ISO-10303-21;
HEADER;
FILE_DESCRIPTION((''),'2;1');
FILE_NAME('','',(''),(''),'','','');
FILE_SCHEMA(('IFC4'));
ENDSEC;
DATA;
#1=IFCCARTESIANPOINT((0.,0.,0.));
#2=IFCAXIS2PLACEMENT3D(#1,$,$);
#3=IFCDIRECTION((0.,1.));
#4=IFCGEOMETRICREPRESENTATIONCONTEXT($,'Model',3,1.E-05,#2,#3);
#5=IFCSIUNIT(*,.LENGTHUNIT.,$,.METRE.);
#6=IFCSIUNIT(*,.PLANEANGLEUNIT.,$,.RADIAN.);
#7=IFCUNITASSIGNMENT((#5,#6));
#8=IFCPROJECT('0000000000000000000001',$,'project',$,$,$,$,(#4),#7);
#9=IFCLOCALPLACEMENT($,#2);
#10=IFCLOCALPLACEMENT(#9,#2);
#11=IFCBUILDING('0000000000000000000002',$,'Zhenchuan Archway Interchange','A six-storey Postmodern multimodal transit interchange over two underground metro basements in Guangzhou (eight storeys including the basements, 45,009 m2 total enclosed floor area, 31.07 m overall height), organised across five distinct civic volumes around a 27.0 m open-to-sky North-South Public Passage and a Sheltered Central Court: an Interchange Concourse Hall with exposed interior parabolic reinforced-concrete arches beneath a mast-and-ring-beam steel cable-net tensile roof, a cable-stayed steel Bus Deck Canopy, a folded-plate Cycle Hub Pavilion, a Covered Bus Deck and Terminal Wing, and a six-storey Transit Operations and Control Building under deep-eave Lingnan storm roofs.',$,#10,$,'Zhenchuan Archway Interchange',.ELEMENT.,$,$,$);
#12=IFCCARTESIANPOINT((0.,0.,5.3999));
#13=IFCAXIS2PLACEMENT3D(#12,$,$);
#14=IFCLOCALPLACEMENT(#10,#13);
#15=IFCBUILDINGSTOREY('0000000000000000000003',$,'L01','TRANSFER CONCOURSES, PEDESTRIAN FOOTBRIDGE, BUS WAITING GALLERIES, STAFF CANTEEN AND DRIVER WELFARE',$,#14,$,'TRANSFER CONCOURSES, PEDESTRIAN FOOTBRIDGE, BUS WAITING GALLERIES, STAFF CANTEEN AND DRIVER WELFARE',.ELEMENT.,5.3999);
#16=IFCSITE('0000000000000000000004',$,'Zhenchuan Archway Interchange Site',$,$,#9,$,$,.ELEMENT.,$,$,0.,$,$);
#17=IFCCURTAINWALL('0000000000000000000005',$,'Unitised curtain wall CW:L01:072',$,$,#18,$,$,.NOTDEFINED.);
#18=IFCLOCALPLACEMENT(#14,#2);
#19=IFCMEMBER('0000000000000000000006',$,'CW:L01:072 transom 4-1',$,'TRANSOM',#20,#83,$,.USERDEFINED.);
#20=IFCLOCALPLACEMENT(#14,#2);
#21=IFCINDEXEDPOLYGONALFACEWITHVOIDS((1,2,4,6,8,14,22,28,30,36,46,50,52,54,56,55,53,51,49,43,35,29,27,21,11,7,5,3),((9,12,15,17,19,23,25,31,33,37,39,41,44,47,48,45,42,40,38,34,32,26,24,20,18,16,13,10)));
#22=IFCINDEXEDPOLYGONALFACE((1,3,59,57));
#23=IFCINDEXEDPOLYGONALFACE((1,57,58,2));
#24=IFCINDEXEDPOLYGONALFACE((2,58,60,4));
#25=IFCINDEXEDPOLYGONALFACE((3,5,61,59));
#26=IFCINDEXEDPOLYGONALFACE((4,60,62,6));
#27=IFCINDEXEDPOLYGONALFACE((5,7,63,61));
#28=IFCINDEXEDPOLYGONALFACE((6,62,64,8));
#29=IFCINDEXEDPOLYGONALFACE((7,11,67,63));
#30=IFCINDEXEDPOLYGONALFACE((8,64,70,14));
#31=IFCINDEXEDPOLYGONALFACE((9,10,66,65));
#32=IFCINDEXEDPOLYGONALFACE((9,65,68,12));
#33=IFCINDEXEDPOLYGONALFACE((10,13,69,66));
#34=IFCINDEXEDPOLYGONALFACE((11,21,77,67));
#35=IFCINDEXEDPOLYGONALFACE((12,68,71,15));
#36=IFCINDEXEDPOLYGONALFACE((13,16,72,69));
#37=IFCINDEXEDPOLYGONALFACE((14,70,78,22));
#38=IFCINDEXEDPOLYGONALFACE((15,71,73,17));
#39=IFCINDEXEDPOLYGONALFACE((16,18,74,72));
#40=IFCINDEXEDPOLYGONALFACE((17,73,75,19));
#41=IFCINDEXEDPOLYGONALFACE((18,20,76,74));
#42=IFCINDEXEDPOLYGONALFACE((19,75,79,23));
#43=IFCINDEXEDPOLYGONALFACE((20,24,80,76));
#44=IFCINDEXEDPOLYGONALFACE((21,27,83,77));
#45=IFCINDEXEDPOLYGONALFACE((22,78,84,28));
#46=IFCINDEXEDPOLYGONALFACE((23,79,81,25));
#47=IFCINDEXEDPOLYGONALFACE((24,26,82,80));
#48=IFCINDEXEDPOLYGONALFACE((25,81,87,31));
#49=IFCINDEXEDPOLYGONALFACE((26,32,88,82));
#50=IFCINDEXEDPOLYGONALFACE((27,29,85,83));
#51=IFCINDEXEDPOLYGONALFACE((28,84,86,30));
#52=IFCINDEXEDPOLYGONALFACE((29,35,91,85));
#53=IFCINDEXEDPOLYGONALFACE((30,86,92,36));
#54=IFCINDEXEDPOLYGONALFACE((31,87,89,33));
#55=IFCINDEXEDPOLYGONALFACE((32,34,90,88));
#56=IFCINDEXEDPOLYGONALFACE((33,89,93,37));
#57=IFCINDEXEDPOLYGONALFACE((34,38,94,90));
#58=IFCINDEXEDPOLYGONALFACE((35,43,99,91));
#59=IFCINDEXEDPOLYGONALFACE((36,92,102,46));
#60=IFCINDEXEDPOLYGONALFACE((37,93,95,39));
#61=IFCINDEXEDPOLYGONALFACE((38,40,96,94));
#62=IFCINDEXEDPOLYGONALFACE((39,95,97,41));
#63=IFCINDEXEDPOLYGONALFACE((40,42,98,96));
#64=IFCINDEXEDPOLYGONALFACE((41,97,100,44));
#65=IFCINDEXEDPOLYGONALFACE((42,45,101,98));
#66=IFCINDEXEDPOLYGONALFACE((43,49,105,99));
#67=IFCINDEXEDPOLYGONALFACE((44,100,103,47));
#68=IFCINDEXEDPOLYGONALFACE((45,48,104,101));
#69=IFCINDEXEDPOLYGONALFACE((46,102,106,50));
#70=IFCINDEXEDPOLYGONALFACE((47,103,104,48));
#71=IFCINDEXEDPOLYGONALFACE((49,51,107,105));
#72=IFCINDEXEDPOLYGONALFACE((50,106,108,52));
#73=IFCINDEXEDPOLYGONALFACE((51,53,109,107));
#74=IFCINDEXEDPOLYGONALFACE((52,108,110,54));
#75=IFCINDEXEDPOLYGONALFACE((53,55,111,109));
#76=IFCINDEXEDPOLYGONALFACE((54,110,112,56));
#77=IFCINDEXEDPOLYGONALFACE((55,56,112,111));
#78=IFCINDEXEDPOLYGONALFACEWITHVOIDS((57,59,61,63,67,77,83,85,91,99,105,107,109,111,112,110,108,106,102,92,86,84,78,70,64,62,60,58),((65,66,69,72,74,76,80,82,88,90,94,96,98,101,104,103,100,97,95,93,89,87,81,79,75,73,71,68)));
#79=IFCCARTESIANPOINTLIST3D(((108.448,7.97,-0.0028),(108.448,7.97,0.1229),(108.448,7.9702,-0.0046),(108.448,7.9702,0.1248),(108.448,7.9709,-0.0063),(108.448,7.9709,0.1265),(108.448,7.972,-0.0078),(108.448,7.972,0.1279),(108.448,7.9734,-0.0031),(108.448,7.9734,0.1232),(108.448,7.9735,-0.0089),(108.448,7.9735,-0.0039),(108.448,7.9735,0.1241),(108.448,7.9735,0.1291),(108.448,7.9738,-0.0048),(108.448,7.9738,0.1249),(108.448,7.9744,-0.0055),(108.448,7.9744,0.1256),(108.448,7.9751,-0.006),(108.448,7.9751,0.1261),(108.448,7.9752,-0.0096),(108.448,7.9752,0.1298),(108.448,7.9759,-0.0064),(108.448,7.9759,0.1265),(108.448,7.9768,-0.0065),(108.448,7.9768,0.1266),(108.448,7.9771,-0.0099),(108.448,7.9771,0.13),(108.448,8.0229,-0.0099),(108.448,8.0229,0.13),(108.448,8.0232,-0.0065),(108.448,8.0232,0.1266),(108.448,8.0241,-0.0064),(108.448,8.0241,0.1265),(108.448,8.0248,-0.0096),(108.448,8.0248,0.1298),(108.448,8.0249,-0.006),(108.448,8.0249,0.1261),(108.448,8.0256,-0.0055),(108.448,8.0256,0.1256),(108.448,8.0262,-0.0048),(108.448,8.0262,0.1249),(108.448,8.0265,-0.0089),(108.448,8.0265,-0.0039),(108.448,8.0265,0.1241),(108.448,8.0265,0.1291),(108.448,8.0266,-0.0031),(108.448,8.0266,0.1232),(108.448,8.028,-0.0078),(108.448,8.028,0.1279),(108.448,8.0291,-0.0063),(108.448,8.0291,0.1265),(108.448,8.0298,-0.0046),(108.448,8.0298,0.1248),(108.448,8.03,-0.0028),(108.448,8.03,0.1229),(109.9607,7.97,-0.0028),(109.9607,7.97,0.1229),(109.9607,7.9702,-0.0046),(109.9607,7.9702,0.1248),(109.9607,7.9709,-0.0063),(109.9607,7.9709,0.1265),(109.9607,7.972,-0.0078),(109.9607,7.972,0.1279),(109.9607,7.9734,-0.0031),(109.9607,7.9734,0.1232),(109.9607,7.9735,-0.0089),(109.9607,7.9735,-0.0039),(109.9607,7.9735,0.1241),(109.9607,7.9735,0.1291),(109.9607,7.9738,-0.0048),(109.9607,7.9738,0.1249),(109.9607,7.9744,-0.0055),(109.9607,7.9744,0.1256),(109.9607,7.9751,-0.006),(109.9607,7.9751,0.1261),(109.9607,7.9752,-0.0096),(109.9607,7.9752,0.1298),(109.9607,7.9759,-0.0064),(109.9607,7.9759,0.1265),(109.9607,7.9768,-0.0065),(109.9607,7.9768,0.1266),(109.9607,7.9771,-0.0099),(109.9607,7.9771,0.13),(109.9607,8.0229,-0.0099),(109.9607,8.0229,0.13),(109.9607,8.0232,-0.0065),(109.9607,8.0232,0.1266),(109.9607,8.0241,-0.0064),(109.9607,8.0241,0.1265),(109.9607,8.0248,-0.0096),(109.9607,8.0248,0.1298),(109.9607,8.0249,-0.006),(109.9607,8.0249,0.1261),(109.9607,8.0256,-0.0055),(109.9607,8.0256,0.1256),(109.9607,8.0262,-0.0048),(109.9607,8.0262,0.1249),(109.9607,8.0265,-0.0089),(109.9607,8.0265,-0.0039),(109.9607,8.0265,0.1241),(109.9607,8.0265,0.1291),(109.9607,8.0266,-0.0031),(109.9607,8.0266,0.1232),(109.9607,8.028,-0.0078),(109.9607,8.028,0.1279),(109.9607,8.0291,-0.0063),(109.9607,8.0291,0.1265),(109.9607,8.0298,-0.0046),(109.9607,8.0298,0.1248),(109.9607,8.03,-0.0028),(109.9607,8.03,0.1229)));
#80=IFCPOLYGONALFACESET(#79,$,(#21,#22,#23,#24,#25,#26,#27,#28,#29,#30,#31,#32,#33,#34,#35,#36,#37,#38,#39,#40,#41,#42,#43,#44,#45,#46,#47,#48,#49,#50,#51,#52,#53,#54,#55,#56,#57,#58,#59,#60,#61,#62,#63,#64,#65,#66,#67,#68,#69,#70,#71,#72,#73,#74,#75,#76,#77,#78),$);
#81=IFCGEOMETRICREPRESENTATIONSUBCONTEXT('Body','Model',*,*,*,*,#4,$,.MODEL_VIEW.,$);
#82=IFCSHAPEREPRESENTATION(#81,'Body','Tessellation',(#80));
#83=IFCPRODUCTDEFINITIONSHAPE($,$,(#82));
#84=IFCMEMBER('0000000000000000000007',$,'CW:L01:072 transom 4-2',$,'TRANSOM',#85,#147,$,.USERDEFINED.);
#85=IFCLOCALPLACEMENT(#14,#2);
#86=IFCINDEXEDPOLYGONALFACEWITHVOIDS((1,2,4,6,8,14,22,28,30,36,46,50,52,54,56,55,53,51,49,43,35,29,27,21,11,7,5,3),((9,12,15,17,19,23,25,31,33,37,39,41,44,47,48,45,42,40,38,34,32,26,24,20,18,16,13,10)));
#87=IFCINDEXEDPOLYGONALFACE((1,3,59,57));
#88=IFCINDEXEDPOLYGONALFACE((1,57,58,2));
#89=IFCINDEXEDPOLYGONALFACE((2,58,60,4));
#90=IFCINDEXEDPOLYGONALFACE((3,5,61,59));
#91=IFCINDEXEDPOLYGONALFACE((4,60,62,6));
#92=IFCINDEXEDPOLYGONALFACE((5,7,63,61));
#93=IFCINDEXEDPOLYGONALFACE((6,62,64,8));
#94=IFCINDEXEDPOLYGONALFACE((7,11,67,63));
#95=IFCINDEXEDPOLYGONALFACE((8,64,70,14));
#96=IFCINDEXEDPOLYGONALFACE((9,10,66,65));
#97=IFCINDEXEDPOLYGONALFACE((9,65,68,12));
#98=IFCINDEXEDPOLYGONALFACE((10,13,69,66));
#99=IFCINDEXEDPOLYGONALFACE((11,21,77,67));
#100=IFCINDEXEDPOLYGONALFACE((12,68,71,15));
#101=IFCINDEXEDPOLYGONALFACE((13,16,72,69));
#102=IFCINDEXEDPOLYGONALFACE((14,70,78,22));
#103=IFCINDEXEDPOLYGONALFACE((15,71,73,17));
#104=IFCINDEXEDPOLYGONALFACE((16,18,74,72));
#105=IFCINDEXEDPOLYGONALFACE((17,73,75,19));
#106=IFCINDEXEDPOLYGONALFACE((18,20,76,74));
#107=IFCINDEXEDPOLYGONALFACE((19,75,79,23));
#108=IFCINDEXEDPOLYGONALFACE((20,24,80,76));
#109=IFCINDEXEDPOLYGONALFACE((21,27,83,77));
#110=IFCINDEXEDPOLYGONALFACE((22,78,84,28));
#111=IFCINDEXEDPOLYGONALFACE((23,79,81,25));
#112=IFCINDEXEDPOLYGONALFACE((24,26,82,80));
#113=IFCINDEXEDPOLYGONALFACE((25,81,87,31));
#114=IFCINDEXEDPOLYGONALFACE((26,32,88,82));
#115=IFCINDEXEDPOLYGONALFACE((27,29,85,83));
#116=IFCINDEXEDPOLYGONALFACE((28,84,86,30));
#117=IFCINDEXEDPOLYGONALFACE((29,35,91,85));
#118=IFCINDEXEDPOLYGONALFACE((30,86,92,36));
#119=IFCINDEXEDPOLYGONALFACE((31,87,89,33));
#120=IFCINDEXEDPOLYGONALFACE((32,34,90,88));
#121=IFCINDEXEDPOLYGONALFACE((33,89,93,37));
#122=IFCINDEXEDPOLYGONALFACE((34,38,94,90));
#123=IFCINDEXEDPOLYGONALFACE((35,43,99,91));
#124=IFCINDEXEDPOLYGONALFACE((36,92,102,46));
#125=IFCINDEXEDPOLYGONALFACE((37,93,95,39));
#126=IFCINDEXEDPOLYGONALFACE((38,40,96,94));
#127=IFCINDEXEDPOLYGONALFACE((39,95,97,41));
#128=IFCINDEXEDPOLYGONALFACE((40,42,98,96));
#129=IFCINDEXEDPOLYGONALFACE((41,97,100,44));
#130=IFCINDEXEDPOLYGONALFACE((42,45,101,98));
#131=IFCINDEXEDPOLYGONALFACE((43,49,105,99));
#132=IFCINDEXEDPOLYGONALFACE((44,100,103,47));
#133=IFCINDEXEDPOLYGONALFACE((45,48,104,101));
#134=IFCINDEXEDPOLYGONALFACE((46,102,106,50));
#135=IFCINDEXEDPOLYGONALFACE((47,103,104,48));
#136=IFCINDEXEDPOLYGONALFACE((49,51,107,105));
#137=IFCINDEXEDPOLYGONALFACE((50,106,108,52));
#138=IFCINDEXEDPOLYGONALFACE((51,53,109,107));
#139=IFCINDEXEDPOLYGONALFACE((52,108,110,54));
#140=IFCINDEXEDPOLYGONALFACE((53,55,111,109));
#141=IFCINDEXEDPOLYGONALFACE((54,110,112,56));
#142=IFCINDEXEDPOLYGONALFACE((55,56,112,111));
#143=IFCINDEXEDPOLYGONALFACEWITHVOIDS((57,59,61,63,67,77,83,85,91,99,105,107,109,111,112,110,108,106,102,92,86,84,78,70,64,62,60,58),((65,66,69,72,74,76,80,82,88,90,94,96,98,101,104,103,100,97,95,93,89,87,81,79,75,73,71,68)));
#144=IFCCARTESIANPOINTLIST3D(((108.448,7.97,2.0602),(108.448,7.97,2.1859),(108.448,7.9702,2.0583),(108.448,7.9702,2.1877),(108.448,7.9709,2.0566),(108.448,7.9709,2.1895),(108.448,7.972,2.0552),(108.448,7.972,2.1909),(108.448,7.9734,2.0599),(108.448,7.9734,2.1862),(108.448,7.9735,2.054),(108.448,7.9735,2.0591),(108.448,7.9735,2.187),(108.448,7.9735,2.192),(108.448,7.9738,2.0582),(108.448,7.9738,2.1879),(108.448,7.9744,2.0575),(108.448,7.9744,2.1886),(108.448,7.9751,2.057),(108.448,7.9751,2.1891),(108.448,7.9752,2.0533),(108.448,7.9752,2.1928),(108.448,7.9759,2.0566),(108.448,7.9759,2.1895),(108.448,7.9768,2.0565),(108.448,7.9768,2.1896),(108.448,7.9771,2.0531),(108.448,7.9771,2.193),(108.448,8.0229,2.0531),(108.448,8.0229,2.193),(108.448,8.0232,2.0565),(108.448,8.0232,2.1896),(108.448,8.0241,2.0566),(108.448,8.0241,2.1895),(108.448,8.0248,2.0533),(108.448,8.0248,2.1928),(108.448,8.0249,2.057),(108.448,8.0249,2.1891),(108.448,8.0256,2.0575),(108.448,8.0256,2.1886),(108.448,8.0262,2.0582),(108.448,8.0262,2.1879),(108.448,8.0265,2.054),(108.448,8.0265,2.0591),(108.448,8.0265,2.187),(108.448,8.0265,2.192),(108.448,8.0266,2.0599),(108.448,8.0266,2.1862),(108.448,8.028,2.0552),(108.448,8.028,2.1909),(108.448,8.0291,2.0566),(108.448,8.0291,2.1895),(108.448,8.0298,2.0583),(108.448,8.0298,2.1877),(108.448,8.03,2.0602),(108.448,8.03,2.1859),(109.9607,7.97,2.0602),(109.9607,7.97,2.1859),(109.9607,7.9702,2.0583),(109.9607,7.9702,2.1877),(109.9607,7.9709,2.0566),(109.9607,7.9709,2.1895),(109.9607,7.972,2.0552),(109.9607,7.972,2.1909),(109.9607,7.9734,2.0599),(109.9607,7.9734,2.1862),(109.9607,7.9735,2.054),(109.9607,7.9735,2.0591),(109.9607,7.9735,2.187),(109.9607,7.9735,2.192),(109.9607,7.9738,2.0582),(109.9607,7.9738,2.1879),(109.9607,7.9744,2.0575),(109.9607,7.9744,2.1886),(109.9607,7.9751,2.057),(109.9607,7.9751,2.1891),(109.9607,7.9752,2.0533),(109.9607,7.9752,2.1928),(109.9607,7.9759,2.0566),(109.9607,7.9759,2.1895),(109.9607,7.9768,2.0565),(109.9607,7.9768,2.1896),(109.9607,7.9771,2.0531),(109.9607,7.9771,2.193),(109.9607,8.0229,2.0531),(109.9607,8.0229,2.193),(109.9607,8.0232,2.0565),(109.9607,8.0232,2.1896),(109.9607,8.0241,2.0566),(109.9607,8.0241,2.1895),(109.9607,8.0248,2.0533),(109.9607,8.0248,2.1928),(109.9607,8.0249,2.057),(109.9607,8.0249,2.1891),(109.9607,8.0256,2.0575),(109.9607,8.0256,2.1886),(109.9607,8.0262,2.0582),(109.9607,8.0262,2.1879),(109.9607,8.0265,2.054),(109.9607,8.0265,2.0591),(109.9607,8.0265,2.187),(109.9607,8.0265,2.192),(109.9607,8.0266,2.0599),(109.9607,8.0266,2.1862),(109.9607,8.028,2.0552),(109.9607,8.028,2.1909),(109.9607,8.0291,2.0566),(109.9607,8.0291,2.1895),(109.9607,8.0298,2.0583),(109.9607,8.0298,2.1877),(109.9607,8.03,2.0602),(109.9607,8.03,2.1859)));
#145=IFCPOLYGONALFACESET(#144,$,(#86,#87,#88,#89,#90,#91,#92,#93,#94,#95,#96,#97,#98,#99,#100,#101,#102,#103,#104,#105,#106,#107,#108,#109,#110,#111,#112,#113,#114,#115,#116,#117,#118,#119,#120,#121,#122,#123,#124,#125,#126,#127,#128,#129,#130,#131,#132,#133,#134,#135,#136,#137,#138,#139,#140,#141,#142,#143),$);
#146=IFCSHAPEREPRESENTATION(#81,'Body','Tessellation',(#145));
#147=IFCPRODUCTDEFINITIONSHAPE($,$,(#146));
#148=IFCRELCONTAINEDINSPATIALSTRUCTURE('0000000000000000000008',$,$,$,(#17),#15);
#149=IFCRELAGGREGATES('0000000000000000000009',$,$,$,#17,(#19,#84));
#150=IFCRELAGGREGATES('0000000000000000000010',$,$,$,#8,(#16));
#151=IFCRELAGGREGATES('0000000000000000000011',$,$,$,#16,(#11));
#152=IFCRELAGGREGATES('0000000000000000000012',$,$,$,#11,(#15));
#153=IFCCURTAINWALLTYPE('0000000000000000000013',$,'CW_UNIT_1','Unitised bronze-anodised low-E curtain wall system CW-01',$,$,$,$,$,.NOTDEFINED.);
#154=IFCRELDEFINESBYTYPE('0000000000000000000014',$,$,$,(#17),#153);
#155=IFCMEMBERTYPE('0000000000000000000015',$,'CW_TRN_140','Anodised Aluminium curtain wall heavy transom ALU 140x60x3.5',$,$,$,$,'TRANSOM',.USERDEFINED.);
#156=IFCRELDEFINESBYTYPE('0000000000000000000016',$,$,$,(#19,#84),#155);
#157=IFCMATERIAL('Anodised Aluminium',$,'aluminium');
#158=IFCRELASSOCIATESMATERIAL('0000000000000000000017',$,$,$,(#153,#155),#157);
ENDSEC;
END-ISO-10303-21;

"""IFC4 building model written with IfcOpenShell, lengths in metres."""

from ifc_helpers import new_model, si_unit, direction, frame, origin, origin_2d, place, context, subcontext, project, spatial, hollow_rectangle, extrude, material, material_profile, profile_set, type_object, element, aggregate, save


model = new_model("IFC4")

# Units and contexts
model_context = context("Model", 3, precision=1e-05, world=origin(), true_north=direction((0.0, 1.0)))
body_context = subcontext(model_context, "Body", "Model", "MODEL_VIEW")
ifc_project = project(units=[si_unit("LENGTHUNIT", "METRE"), si_unit("PLANEANGLEUNIT", "RADIAN")], contexts=[model_context])

# Site, building, storey
site_placement = place(None, origin())
site = spatial("IfcSite", under=ifc_project, at=site_placement, Name="Zhenchuan Archway Interchange Site", CompositionType="ELEMENT", RefElevation=0.0)
building_placement = place(site_placement, origin())
building = spatial("IfcBuilding", under=site, at=building_placement, Name="Zhenchuan Archway Interchange", Description="A six-storey Postmodern multimodal transit interchange over two underground metro basements in Guangzhou (eight storeys including the basements, 45,009 m2 total enclosed floor area, 31.07 m overall height), organised across five distinct civic volumes around a 27.0 m open-to-sky North-South Public Passage and a Sheltered Central Court: an Interchange Concourse Hall with exposed interior parabolic reinforced-concrete arches beneath a mast-and-ring-beam steel cable-net tensile roof, a cable-stayed steel Bus Deck Canopy, a folded-plate Cycle Hub Pavilion, a Covered Bus Deck and Terminal Wing, and a six-storey Transit Operations and Control Building under deep-eave Lingnan storm roofs.", LongName="Zhenchuan Archway Interchange", CompositionType="ELEMENT")
storey_placement = place(building_placement, frame((0.0, 0.0, 5.3999)))
storey = spatial("IfcBuildingStorey", under=building, at=storey_placement, Name="L01", Description="TRANSFER CONCOURSES, PEDESTRIAN FOOTBRIDGE, BUS WAITING GALLERIES, STAFF CANTEEN AND DRIVER WELFARE", LongName="TRANSFER CONCOURSES, PEDESTRIAN FOOTBRIDGE, BUS WAITING GALLERIES, STAFF CANTEEN AND DRIVER WELFARE", CompositionType="ELEMENT", Elevation=5.3999)

# Curtain wall, members
ifc_material_1 = material(Name="Anodised Aluminium", Category="aluminium")
curtain_wall_type = type_object("IfcCurtainWallType", Name="CW_UNIT_1", Description="Unitised bronze-anodised low-E curtain wall system CW-01", PredefinedType="NOTDEFINED", material=ifc_material_1)
curtain_wall_placement = place(storey_placement, origin())
curtain_wall = element("IfcCurtainWall", 1, at=curtain_wall_placement, inside=storey, type_object=curtain_wall_type, Name="Unitised curtain wall CW:L01:072", PredefinedType="NOTDEFINED")
ifc_material_profile_1 = material_profile(ifc_material_1, hollow_rectangle(XDim=0.0601, YDim=0.1399, WallThickness=0.0034, InnerFilletRadius=0.0034, OuterFilletRadius=0.0071, at=origin_2d()), Name="ALU 140x60x3.5")
ifc_profile_set_1 = profile_set([ifc_material_profile_1], Name="Anodised Aluminium")
member_type_1 = type_object("IfcMemberType", Name="CW_TRN_140", Description="Anodised Aluminium curtain wall heavy transom ALU 140x60x3.5", ElementType="TRANSOM", PredefinedType="USERDEFINED", material=ifc_profile_set_1)
member_1_placement = place(storey_placement, frame((109.9607, 8.0, 0.0601), z_axis=(-1.0, 0.0, 0.0), x_axis=(0.0, -1.0, 0.0)))
member_1 = element("IfcMember", 2, at=member_1_placement, type_object=member_type_1, Name="CW:L01:072 transom 4-1", ObjectType="TRANSOM", PredefinedType="USERDEFINED", context=body_context, shape_type="SweptSolid", body=[
    extrude(hollow_rectangle(XDim=0.0601, YDim=0.1399, WallThickness=0.0034, InnerFilletRadius=0.0034, OuterFilletRadius=0.0071, at=origin_2d()), origin(), (0.0, 0.0, 1.0), 1.5127),
])
member_2_placement = place(storey_placement, frame((109.9607, 8.0, 2.123), z_axis=(-1.0, 0.0, 0.0), x_axis=(0.0, -1.0, 0.0)))
member_2 = element("IfcMember", 3, at=member_2_placement, type_object=member_type_1, Name="CW:L01:072 transom 4-2", ObjectType="TRANSOM", PredefinedType="USERDEFINED", context=body_context, shape_type="SweptSolid", body=[
    extrude(hollow_rectangle(XDim=0.0601, YDim=0.1399, WallThickness=0.0034, InnerFilletRadius=0.0034, OuterFilletRadius=0.0071, at=origin_2d()), origin(), (0.0, 0.0, 1.0), 1.5127),
])

aggregate(curtain_wall, [member_1, member_2])

save(model, "model.ifc")
